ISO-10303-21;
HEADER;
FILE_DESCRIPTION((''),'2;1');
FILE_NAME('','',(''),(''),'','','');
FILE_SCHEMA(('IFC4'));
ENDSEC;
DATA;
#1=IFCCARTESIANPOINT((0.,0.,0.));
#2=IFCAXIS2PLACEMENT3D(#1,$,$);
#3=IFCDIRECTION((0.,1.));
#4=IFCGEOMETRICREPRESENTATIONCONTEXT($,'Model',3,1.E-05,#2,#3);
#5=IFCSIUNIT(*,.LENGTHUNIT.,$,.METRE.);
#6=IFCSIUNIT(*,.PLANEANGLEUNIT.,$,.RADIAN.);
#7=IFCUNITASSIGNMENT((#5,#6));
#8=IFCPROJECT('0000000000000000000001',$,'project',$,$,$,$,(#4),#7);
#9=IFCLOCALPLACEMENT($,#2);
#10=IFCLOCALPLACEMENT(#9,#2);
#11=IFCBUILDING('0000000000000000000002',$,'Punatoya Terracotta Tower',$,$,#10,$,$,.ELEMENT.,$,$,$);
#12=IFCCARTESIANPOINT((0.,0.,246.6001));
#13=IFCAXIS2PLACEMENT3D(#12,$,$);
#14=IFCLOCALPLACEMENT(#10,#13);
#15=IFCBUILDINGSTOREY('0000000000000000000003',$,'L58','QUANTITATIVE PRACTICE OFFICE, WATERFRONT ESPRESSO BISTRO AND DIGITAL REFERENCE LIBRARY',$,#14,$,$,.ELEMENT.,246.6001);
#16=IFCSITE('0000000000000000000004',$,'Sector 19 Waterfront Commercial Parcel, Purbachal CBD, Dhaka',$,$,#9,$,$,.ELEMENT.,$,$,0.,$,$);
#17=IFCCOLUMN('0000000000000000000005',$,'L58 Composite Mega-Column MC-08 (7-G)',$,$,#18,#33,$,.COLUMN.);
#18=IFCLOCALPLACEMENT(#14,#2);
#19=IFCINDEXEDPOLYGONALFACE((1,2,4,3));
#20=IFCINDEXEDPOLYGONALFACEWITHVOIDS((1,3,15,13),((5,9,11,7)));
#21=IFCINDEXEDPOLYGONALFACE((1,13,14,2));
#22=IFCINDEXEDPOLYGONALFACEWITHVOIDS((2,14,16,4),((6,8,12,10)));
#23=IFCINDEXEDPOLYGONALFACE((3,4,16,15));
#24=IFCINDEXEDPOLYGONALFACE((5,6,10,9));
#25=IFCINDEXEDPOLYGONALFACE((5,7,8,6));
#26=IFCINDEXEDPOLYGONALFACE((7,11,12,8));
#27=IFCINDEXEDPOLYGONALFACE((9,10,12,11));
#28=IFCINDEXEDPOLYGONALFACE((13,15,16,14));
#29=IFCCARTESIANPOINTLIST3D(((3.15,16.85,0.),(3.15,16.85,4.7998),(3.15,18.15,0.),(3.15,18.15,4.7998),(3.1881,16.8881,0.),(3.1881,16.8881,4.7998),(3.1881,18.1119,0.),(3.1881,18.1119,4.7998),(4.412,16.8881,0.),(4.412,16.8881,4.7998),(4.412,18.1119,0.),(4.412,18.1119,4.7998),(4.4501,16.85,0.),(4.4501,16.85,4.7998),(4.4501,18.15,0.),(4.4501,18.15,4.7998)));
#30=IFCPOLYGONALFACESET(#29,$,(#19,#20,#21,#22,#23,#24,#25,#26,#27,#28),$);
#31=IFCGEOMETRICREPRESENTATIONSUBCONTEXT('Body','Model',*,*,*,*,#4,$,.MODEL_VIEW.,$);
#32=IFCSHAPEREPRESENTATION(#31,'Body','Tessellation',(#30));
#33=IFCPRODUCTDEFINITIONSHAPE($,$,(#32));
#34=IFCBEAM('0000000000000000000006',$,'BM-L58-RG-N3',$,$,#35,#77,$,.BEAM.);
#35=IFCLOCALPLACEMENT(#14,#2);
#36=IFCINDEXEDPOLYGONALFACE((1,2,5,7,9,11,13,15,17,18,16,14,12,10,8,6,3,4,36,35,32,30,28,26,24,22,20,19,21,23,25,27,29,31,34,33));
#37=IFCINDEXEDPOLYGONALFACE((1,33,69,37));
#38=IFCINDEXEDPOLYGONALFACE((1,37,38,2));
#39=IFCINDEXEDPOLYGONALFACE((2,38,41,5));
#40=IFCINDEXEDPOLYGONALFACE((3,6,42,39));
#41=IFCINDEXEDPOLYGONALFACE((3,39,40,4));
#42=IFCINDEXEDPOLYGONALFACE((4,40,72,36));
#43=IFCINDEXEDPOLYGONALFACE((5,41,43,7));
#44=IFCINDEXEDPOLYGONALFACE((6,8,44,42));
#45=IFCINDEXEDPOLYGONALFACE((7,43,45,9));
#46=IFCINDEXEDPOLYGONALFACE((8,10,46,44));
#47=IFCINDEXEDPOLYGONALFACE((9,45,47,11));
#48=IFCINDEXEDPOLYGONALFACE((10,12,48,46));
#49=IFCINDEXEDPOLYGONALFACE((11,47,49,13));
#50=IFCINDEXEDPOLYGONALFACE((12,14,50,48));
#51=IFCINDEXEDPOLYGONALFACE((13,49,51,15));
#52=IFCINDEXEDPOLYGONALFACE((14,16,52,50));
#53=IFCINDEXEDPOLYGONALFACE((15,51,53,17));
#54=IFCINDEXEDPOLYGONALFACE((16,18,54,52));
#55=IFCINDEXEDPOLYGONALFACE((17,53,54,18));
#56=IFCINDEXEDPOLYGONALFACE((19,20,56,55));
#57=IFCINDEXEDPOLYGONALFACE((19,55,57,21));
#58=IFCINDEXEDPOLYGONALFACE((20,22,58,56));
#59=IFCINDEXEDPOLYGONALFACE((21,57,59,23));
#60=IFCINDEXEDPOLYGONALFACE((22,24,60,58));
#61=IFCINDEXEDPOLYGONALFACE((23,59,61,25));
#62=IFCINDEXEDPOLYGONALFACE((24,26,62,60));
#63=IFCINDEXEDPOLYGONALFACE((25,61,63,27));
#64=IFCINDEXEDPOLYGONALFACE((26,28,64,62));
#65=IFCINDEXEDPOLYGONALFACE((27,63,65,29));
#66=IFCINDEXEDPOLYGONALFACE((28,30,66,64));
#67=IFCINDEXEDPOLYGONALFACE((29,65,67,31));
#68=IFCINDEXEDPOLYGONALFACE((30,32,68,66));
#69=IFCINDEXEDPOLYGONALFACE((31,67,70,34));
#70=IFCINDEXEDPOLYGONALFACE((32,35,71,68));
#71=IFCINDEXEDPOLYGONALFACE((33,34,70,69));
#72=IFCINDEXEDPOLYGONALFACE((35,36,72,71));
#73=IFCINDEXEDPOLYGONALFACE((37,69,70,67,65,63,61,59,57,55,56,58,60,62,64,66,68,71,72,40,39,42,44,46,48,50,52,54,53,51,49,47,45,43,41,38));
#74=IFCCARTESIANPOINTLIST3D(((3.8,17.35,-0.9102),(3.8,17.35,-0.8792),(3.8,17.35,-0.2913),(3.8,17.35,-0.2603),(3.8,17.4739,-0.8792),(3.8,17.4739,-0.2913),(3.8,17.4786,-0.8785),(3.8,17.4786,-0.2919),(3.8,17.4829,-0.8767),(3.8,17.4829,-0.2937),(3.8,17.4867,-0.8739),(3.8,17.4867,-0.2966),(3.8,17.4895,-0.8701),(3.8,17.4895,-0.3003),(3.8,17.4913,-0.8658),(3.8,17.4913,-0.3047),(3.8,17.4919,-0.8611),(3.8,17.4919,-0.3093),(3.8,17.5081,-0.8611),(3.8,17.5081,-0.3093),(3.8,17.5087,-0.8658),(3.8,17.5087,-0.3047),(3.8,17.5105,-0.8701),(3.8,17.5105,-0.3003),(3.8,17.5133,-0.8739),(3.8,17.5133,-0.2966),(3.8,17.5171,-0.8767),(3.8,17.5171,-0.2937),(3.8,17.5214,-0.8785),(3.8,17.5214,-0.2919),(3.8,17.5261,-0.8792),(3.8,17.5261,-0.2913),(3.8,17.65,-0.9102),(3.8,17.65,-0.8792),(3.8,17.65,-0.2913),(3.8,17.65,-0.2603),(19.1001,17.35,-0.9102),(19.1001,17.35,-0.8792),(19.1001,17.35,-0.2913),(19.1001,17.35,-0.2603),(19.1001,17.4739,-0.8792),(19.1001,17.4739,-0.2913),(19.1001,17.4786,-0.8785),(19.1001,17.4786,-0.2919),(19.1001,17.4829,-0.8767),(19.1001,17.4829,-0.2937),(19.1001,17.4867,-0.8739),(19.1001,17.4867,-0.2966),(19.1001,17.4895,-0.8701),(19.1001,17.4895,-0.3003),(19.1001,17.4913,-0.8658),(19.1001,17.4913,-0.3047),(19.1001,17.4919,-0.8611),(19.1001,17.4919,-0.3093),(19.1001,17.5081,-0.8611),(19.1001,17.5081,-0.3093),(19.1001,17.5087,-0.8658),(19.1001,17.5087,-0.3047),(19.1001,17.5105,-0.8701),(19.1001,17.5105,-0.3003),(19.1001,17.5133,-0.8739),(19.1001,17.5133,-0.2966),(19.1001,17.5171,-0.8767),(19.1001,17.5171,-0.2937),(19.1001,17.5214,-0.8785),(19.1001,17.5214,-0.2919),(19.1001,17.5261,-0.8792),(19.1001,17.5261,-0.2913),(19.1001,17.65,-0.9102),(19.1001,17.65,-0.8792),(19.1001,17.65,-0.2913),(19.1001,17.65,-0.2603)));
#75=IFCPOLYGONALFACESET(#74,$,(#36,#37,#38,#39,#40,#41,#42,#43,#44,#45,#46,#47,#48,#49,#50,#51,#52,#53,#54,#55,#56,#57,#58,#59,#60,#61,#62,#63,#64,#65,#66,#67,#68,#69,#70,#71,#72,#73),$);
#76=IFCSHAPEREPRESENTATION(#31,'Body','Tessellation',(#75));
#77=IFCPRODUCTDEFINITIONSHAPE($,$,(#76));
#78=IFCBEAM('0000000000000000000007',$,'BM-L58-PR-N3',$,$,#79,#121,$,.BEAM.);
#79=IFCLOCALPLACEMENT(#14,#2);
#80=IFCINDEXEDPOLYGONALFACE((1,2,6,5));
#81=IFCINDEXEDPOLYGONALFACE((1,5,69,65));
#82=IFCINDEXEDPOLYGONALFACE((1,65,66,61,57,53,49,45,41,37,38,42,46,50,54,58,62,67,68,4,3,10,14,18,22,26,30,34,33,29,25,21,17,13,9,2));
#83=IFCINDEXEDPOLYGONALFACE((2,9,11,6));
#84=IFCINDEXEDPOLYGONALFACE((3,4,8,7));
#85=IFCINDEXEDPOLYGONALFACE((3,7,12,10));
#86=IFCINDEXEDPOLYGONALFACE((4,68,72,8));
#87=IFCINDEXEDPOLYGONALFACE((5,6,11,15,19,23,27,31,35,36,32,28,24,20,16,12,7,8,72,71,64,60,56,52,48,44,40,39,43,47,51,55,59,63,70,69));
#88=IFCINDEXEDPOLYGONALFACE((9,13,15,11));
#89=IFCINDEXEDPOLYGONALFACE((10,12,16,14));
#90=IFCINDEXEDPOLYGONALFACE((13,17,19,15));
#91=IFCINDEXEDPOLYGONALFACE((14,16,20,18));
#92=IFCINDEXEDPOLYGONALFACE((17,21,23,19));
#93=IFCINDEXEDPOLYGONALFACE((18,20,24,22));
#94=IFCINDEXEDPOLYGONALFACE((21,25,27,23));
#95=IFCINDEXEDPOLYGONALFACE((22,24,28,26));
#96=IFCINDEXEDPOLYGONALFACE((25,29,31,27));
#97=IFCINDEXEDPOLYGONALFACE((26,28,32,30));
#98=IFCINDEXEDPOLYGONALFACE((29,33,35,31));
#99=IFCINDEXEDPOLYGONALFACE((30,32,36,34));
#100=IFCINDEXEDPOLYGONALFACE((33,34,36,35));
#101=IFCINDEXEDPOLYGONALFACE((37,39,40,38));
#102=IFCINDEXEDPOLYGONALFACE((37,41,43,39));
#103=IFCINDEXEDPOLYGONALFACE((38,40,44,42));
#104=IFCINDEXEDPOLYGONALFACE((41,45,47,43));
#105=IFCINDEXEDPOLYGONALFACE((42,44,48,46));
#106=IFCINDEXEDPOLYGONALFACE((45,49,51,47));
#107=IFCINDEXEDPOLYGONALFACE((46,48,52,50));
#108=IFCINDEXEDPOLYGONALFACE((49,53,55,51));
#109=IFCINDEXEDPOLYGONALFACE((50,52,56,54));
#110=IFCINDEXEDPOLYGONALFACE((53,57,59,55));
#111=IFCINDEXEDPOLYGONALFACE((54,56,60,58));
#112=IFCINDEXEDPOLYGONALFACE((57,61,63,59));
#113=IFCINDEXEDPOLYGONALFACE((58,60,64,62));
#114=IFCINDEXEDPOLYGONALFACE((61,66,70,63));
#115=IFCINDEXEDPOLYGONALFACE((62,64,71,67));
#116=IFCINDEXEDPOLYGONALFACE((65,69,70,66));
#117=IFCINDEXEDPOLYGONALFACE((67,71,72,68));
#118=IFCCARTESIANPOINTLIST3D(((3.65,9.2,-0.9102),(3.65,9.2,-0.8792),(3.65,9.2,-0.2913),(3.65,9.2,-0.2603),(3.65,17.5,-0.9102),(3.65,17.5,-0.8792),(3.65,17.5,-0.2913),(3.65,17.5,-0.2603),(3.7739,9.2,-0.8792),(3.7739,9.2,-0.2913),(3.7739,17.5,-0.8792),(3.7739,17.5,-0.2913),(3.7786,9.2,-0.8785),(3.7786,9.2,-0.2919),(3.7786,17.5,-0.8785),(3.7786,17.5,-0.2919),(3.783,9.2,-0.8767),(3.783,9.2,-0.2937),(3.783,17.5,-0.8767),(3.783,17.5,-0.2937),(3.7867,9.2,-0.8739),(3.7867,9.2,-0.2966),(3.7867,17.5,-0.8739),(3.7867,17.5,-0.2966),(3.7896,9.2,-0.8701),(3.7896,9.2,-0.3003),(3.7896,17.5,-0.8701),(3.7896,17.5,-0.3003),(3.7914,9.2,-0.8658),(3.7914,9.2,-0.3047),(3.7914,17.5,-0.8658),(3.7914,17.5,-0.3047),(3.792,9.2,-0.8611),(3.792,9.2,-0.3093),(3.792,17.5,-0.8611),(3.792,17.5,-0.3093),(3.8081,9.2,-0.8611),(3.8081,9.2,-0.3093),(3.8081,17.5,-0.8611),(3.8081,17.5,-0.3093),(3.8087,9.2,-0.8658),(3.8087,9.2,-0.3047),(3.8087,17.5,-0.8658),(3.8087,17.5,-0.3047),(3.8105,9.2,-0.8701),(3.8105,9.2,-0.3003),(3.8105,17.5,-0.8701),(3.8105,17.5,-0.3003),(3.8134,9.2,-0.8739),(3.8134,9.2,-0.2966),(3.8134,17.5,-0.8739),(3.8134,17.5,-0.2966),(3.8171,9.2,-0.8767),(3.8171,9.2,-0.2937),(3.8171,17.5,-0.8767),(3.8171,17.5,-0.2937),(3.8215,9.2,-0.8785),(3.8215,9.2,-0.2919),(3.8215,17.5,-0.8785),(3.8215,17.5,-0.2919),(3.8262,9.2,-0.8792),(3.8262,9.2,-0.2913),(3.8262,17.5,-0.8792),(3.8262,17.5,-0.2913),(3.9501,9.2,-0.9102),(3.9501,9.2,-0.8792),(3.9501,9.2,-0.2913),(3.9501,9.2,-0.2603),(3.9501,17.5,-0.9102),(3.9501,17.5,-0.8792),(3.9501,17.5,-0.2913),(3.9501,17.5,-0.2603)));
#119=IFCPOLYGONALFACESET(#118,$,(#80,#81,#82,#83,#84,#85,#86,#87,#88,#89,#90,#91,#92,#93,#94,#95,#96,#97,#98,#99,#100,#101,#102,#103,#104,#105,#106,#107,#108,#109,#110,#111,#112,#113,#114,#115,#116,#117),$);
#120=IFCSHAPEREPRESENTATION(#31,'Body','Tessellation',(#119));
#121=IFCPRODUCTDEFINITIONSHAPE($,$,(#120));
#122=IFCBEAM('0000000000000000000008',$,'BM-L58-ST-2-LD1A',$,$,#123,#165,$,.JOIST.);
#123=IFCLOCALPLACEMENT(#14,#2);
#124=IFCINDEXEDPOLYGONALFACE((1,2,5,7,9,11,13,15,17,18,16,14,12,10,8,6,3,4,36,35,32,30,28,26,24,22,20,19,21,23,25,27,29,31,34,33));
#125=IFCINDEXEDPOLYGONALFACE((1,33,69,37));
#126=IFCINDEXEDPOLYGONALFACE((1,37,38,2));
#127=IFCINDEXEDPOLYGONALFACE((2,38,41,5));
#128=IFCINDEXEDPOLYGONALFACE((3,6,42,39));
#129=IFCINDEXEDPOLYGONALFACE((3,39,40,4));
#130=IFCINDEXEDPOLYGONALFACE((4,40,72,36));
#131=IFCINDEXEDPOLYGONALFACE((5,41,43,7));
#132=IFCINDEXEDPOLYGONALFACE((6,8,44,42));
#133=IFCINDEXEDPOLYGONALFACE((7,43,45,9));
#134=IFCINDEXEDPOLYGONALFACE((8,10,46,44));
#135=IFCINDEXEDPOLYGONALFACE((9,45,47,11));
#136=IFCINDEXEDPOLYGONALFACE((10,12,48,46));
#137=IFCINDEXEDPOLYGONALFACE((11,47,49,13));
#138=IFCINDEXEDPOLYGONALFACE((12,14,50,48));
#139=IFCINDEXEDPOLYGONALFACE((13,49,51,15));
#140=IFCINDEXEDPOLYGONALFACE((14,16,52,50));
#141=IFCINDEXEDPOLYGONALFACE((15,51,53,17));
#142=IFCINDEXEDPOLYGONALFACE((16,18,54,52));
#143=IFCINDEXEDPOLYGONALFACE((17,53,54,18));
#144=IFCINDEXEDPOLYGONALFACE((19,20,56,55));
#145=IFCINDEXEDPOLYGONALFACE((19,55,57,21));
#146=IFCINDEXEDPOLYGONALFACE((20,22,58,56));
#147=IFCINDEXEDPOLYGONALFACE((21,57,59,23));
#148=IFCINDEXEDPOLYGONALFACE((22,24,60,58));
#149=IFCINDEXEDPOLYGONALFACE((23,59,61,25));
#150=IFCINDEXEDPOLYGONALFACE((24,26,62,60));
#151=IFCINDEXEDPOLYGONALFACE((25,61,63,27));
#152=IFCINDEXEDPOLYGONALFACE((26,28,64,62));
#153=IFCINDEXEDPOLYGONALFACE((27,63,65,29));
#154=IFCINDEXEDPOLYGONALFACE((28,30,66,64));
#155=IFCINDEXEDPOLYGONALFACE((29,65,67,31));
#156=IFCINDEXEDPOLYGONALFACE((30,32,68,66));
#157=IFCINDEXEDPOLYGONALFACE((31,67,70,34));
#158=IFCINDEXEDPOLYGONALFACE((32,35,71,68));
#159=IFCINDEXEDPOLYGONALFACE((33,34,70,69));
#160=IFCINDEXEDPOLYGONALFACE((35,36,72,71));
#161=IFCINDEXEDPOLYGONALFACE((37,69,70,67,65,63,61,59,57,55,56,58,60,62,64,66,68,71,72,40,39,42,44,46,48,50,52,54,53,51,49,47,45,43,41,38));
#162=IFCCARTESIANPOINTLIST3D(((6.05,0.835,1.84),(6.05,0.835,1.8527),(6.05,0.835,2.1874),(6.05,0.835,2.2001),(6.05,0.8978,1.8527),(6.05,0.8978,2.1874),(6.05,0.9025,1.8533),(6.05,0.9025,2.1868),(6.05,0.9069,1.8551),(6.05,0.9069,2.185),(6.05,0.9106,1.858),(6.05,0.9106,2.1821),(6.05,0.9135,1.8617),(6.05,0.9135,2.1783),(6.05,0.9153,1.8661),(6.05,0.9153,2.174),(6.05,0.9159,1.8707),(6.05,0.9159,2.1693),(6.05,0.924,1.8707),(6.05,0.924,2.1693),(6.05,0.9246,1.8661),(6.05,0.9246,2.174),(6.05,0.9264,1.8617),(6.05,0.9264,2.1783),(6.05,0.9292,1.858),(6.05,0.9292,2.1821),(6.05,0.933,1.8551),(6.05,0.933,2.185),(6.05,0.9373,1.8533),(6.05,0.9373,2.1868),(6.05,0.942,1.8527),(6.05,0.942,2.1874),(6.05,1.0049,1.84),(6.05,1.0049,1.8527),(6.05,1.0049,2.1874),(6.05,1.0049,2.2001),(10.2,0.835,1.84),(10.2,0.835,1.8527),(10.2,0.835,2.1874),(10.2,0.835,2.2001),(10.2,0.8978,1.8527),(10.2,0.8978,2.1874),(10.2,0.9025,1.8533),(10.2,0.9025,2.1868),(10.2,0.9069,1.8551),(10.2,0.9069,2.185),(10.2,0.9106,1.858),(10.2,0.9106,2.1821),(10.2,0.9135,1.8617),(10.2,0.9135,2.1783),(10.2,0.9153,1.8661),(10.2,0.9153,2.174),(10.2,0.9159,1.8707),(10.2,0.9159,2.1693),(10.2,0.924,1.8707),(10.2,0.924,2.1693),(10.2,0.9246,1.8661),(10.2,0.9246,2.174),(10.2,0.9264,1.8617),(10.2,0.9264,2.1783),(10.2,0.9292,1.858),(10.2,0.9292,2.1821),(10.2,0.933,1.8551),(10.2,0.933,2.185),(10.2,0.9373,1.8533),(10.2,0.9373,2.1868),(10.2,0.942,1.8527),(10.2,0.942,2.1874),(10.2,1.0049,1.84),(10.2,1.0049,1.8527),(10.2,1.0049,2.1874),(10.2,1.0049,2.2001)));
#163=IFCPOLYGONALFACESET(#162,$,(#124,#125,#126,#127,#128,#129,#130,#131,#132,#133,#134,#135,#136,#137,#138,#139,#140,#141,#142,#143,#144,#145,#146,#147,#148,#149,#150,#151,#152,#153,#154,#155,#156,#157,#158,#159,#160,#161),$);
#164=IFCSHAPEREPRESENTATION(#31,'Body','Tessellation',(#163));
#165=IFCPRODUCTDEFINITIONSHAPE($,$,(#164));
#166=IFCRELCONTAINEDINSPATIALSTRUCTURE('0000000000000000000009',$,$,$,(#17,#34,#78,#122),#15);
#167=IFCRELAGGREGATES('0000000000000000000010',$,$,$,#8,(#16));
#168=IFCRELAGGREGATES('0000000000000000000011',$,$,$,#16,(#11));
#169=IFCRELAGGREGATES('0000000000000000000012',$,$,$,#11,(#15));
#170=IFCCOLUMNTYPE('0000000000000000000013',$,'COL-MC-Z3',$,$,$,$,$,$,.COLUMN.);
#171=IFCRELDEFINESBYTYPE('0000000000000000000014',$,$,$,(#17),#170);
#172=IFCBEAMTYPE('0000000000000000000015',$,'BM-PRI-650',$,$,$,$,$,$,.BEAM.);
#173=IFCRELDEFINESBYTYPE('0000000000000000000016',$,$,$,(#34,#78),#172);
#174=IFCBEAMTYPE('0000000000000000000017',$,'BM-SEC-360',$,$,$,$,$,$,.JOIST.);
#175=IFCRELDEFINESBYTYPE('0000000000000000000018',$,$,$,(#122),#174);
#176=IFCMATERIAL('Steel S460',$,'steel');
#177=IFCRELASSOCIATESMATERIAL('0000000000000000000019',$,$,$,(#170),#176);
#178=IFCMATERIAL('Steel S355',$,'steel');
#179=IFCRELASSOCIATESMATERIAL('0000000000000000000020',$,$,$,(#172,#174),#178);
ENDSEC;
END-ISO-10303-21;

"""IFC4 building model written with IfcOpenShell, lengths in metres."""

from ifc_helpers import new_model, si_unit, direction, frame, origin, origin_2d, place, context, subcontext, project, spatial, hollow_rectangle, i_section, extrude, material, material_profile, profile_set, type_object, element, save


model = new_model("IFC4")

# Units and contexts
model_context = context("Model", 3, precision=1e-05, world=origin(), true_north=direction((0.0, 1.0)))
body_context = subcontext(model_context, "Body", "Model", "MODEL_VIEW")
ifc_project = project(units=[si_unit("LENGTHUNIT", "METRE"), si_unit("PLANEANGLEUNIT", "RADIAN")], contexts=[model_context])

# Site, building, storey
site_placement = place(None, origin())
site = spatial("IfcSite", under=ifc_project, at=site_placement, Name="Sector 19 Waterfront Commercial Parcel, Purbachal CBD, Dhaka", CompositionType="ELEMENT", RefElevation=0.0)
building_placement = place(site_placement, origin())
building = spatial("IfcBuilding", under=site, at=building_placement, Name="Punatoya Terracotta Tower", CompositionType="ELEMENT")
storey_placement = place(building_placement, frame((0.0, 0.0, 246.6001)))
storey = spatial("IfcBuildingStorey", under=building, at=storey_placement, Name="L58", Description="QUANTITATIVE PRACTICE OFFICE, WATERFRONT ESPRESSO BISTRO AND DIGITAL REFERENCE LIBRARY", CompositionType="ELEMENT", Elevation=246.6001)

# Column
ifc_material_1 = material(Name="Steel S460", Category="steel")
ifc_material_profile_1 = material_profile(ifc_material_1, hollow_rectangle(XDim=1.3, YDim=1.3, WallThickness=0.0381, at=origin_2d()))
ifc_profile_set_1 = profile_set([ifc_material_profile_1], Name="Steel S460")
column_type = type_object("IfcColumnType", Name="COL-MC-Z3", PredefinedType="COLUMN", material=ifc_profile_set_1)
column_placement = place(storey_placement, frame((3.8, 17.5, 0.0), z_axis=(0.0, 0.0, 1.0), x_axis=(1.0, 0.0, 0.0)))
element("IfcColumn", 1, at=column_placement, inside=storey, type_object=column_type, Name="L58 Composite Mega-Column MC-08 (7-G)", PredefinedType="COLUMN", context=body_context, shape_type="SweptSolid", body=[
    extrude(hollow_rectangle(XDim=1.3, YDim=1.3, WallThickness=0.0381, at=origin_2d()), origin(), (0.0, 0.0, 1.0), 4.7998),
])

# Beams
ifc_material_2 = material(Name="Steel S355", Category="steel")
ifc_material_profile_2 = material_profile(ifc_material_2, i_section(OverallWidth=0.3, OverallDepth=0.6499, WebThickness=0.0161, FlangeThickness=0.031, FilletRadius=0.0181, at=origin_2d()))
ifc_profile_set_2 = profile_set([ifc_material_profile_2], Name="Steel S355")
beam_type_1 = type_object("IfcBeamType", Name="BM-PRI-650", PredefinedType="BEAM", material=ifc_profile_set_2)
beam_1_placement = place(storey_placement, frame((3.8, 17.5, -0.5852), z_axis=(1.0, 0.0, 0.0), x_axis=(0.0, 1.0, 0.0)))
element("IfcBeam", 2, at=beam_1_placement, inside=storey, type_object=beam_type_1, Name="BM-L58-RG-N3", PredefinedType="BEAM", context=body_context, shape_type="SweptSolid", body=[
    extrude(i_section(OverallWidth=0.3, OverallDepth=0.6499, WebThickness=0.0161, FlangeThickness=0.031, FilletRadius=0.0181, at=origin_2d()), origin(), (0.0, 0.0, 1.0), 15.3),
])
beam_2_placement = place(storey_placement, frame((3.8, 9.2, -0.5852), z_axis=(0.0, 1.0, 0.0), x_axis=(-1.0, 0.0, 0.0)))
element("IfcBeam", 3, at=beam_2_placement, inside=storey, type_object=beam_type_1, Name="BM-L58-PR-N3", PredefinedType="BEAM", context=body_context, shape_type="SweptSolid", body=[
    extrude(i_section(OverallWidth=0.3, OverallDepth=0.6499, WebThickness=0.0161, FlangeThickness=0.031, FilletRadius=0.0181, at=origin_2d()), origin(), (0.0, 0.0, 1.0), 8.3),
])
ifc_material_profile_3 = material_profile(ifc_material_2, i_section(OverallWidth=0.1699, OverallDepth=0.3601, WebThickness=0.0081, FlangeThickness=0.0127, FilletRadius=0.0181, at=origin_2d()))
ifc_profile_set_3 = profile_set([ifc_material_profile_3], Name="Steel S355")
beam_type_2 = type_object("IfcBeamType", Name="BM-SEC-360", PredefinedType="JOIST", material=ifc_profile_set_3)
for number, where, z_axis, x_axis, name in (
    (4, (6.05, 0.9199, 2.02), (1.0, 0.0, 0.0), (0.0, 1.0, 0.0), "BM-L58-ST-2-LD1A"),
):
    element("IfcBeam", number, at=place(storey_placement, frame(where, z_axis=z_axis, x_axis=x_axis)), inside=storey, type_object=beam_type_2, Name=name, PredefinedType="JOIST", context=body_context, shape_type="SweptSolid", body=[
        extrude(i_section(OverallWidth=0.1699, OverallDepth=0.3601, WebThickness=0.0081, FlangeThickness=0.0127, FilletRadius=0.0181, at=origin_2d()), origin(), (0.0, 0.0, 1.0), 4.1499),
    ])

save(model, "model.ifc")
